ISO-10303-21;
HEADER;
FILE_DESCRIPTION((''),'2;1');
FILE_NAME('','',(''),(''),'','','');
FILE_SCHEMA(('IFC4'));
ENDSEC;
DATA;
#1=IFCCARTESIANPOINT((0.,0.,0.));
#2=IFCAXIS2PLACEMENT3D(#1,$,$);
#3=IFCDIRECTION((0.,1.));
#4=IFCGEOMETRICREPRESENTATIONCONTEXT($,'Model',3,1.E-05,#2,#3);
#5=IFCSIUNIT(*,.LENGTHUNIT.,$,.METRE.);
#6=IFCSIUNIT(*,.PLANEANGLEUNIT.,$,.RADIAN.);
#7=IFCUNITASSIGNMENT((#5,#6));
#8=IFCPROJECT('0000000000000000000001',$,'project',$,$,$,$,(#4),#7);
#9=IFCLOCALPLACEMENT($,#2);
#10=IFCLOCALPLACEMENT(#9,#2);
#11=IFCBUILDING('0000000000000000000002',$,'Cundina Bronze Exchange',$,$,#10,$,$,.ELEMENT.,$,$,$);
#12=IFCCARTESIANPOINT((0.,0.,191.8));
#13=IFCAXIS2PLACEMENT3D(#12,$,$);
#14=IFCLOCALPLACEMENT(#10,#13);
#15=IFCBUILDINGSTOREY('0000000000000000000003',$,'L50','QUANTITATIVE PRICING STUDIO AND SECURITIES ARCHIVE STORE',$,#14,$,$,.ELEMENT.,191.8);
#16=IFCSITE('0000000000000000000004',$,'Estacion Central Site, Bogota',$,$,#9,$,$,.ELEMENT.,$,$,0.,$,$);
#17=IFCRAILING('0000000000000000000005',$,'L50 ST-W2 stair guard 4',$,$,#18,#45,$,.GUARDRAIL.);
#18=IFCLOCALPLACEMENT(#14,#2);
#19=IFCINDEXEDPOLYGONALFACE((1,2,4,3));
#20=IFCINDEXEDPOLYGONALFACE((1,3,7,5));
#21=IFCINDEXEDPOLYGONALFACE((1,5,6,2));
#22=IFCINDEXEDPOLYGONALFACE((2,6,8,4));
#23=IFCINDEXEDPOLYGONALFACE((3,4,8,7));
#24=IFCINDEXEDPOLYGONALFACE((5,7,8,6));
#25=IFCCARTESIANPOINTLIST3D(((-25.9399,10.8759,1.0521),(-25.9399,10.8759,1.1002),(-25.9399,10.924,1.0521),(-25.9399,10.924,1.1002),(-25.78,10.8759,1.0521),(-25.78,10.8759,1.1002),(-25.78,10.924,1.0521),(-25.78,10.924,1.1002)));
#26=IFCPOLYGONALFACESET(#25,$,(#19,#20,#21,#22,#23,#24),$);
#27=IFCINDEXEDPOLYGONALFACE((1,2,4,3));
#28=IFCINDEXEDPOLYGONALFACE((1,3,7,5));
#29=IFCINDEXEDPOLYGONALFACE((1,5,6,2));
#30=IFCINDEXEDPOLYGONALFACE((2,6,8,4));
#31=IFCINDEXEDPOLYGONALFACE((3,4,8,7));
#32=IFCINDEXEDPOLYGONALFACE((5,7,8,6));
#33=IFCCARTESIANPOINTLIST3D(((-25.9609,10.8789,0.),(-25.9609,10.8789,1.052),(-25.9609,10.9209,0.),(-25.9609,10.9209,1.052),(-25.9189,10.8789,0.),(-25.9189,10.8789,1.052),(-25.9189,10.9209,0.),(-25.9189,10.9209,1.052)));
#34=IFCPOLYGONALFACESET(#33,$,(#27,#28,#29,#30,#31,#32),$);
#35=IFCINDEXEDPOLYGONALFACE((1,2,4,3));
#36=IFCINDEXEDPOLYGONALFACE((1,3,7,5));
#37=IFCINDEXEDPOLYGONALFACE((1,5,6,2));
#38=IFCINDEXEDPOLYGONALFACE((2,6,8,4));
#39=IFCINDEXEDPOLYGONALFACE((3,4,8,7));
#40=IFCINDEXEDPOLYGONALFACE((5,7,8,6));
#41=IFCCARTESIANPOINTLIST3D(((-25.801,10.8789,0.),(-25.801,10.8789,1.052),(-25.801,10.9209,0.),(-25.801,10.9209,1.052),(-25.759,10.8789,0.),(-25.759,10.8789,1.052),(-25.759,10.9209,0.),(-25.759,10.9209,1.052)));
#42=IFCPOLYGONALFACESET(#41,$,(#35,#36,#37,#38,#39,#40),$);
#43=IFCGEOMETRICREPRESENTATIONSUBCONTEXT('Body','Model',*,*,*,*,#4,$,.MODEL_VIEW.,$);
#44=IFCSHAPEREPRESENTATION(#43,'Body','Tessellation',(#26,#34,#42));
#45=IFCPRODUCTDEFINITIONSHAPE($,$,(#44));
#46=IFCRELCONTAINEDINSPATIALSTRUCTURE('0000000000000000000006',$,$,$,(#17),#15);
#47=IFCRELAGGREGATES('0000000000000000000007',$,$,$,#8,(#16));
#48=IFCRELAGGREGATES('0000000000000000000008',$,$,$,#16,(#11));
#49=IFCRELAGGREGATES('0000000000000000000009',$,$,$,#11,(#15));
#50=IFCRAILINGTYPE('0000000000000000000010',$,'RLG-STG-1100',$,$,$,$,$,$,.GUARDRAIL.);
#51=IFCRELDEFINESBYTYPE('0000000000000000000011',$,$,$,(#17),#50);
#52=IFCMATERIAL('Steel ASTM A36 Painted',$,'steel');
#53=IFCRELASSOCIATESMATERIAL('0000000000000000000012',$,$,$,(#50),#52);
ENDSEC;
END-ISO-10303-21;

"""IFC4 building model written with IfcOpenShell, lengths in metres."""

from ifc_helpers import new_model, si_unit, direction, frame, origin, origin_2d, place, context, subcontext, project, spatial, rectangle, extrude, material, type_object, element, save


model = new_model("IFC4")

# Units and contexts
model_context = context("Model", 3, precision=1e-05, world=origin(), true_north=direction((0.0, 1.0)))
body_context = subcontext(model_context, "Body", "Model", "MODEL_VIEW")
ifc_project = project(units=[si_unit("LENGTHUNIT", "METRE"), si_unit("PLANEANGLEUNIT", "RADIAN")], contexts=[model_context])

# Site, building, storey
site_placement = place(None, origin())
site = spatial("IfcSite", under=ifc_project, at=site_placement, Name="Estacion Central Site, Bogota", CompositionType="ELEMENT", RefElevation=0.0)
building_placement = place(site_placement, origin())
building = spatial("IfcBuilding", under=site, at=building_placement, Name="Cundina Bronze Exchange", CompositionType="ELEMENT")
storey_placement = place(building_placement, frame((0.0, 0.0, 191.8)))
storey = spatial("IfcBuildingStorey", under=building, at=storey_placement, Name="L50", Description="QUANTITATIVE PRICING STUDIO AND SECURITIES ARCHIVE STORE", CompositionType="ELEMENT", Elevation=191.8)

# Shared definitions
ifc_material_1 = material(Name="Steel ASTM A36 Painted", Category="steel")

# Railing
railing_type_1 = type_object("IfcRailingType", Name="RLG-STG-1100", PredefinedType="GUARDRAIL", material=ifc_material_1)
railing_1_placement = place(storey_placement, frame((-25.9399, 10.8999, 0.0)))
element("IfcRailing", 1, at=railing_1_placement, inside=storey, type_object=railing_type_1, Name="L50 ST-W2 stair guard 4", PredefinedType="GUARDRAIL", context=body_context, shape_type="SweptSolid", body=[
    extrude(rectangle(XDim=0.0481, YDim=0.0481, at=origin_2d()), frame((0.0, 0.0, 1.0762), z_axis=(1.0, 0.0, 0.0), x_axis=(0.0, 1.0, 0.0)), (0.0, 0.0, 1.0), 0.1599),
    extrude(rectangle(XDim=0.042, YDim=0.042, at=origin_2d()), origin(), (0.0, 0.0, 1.0), 1.052),
    extrude(rectangle(XDim=0.042, YDim=0.042, at=origin_2d()), frame((0.1599, 0.0, 0.0)), (0.0, 0.0, 1.0), 1.052),
])

save(model, "model.ifc")
